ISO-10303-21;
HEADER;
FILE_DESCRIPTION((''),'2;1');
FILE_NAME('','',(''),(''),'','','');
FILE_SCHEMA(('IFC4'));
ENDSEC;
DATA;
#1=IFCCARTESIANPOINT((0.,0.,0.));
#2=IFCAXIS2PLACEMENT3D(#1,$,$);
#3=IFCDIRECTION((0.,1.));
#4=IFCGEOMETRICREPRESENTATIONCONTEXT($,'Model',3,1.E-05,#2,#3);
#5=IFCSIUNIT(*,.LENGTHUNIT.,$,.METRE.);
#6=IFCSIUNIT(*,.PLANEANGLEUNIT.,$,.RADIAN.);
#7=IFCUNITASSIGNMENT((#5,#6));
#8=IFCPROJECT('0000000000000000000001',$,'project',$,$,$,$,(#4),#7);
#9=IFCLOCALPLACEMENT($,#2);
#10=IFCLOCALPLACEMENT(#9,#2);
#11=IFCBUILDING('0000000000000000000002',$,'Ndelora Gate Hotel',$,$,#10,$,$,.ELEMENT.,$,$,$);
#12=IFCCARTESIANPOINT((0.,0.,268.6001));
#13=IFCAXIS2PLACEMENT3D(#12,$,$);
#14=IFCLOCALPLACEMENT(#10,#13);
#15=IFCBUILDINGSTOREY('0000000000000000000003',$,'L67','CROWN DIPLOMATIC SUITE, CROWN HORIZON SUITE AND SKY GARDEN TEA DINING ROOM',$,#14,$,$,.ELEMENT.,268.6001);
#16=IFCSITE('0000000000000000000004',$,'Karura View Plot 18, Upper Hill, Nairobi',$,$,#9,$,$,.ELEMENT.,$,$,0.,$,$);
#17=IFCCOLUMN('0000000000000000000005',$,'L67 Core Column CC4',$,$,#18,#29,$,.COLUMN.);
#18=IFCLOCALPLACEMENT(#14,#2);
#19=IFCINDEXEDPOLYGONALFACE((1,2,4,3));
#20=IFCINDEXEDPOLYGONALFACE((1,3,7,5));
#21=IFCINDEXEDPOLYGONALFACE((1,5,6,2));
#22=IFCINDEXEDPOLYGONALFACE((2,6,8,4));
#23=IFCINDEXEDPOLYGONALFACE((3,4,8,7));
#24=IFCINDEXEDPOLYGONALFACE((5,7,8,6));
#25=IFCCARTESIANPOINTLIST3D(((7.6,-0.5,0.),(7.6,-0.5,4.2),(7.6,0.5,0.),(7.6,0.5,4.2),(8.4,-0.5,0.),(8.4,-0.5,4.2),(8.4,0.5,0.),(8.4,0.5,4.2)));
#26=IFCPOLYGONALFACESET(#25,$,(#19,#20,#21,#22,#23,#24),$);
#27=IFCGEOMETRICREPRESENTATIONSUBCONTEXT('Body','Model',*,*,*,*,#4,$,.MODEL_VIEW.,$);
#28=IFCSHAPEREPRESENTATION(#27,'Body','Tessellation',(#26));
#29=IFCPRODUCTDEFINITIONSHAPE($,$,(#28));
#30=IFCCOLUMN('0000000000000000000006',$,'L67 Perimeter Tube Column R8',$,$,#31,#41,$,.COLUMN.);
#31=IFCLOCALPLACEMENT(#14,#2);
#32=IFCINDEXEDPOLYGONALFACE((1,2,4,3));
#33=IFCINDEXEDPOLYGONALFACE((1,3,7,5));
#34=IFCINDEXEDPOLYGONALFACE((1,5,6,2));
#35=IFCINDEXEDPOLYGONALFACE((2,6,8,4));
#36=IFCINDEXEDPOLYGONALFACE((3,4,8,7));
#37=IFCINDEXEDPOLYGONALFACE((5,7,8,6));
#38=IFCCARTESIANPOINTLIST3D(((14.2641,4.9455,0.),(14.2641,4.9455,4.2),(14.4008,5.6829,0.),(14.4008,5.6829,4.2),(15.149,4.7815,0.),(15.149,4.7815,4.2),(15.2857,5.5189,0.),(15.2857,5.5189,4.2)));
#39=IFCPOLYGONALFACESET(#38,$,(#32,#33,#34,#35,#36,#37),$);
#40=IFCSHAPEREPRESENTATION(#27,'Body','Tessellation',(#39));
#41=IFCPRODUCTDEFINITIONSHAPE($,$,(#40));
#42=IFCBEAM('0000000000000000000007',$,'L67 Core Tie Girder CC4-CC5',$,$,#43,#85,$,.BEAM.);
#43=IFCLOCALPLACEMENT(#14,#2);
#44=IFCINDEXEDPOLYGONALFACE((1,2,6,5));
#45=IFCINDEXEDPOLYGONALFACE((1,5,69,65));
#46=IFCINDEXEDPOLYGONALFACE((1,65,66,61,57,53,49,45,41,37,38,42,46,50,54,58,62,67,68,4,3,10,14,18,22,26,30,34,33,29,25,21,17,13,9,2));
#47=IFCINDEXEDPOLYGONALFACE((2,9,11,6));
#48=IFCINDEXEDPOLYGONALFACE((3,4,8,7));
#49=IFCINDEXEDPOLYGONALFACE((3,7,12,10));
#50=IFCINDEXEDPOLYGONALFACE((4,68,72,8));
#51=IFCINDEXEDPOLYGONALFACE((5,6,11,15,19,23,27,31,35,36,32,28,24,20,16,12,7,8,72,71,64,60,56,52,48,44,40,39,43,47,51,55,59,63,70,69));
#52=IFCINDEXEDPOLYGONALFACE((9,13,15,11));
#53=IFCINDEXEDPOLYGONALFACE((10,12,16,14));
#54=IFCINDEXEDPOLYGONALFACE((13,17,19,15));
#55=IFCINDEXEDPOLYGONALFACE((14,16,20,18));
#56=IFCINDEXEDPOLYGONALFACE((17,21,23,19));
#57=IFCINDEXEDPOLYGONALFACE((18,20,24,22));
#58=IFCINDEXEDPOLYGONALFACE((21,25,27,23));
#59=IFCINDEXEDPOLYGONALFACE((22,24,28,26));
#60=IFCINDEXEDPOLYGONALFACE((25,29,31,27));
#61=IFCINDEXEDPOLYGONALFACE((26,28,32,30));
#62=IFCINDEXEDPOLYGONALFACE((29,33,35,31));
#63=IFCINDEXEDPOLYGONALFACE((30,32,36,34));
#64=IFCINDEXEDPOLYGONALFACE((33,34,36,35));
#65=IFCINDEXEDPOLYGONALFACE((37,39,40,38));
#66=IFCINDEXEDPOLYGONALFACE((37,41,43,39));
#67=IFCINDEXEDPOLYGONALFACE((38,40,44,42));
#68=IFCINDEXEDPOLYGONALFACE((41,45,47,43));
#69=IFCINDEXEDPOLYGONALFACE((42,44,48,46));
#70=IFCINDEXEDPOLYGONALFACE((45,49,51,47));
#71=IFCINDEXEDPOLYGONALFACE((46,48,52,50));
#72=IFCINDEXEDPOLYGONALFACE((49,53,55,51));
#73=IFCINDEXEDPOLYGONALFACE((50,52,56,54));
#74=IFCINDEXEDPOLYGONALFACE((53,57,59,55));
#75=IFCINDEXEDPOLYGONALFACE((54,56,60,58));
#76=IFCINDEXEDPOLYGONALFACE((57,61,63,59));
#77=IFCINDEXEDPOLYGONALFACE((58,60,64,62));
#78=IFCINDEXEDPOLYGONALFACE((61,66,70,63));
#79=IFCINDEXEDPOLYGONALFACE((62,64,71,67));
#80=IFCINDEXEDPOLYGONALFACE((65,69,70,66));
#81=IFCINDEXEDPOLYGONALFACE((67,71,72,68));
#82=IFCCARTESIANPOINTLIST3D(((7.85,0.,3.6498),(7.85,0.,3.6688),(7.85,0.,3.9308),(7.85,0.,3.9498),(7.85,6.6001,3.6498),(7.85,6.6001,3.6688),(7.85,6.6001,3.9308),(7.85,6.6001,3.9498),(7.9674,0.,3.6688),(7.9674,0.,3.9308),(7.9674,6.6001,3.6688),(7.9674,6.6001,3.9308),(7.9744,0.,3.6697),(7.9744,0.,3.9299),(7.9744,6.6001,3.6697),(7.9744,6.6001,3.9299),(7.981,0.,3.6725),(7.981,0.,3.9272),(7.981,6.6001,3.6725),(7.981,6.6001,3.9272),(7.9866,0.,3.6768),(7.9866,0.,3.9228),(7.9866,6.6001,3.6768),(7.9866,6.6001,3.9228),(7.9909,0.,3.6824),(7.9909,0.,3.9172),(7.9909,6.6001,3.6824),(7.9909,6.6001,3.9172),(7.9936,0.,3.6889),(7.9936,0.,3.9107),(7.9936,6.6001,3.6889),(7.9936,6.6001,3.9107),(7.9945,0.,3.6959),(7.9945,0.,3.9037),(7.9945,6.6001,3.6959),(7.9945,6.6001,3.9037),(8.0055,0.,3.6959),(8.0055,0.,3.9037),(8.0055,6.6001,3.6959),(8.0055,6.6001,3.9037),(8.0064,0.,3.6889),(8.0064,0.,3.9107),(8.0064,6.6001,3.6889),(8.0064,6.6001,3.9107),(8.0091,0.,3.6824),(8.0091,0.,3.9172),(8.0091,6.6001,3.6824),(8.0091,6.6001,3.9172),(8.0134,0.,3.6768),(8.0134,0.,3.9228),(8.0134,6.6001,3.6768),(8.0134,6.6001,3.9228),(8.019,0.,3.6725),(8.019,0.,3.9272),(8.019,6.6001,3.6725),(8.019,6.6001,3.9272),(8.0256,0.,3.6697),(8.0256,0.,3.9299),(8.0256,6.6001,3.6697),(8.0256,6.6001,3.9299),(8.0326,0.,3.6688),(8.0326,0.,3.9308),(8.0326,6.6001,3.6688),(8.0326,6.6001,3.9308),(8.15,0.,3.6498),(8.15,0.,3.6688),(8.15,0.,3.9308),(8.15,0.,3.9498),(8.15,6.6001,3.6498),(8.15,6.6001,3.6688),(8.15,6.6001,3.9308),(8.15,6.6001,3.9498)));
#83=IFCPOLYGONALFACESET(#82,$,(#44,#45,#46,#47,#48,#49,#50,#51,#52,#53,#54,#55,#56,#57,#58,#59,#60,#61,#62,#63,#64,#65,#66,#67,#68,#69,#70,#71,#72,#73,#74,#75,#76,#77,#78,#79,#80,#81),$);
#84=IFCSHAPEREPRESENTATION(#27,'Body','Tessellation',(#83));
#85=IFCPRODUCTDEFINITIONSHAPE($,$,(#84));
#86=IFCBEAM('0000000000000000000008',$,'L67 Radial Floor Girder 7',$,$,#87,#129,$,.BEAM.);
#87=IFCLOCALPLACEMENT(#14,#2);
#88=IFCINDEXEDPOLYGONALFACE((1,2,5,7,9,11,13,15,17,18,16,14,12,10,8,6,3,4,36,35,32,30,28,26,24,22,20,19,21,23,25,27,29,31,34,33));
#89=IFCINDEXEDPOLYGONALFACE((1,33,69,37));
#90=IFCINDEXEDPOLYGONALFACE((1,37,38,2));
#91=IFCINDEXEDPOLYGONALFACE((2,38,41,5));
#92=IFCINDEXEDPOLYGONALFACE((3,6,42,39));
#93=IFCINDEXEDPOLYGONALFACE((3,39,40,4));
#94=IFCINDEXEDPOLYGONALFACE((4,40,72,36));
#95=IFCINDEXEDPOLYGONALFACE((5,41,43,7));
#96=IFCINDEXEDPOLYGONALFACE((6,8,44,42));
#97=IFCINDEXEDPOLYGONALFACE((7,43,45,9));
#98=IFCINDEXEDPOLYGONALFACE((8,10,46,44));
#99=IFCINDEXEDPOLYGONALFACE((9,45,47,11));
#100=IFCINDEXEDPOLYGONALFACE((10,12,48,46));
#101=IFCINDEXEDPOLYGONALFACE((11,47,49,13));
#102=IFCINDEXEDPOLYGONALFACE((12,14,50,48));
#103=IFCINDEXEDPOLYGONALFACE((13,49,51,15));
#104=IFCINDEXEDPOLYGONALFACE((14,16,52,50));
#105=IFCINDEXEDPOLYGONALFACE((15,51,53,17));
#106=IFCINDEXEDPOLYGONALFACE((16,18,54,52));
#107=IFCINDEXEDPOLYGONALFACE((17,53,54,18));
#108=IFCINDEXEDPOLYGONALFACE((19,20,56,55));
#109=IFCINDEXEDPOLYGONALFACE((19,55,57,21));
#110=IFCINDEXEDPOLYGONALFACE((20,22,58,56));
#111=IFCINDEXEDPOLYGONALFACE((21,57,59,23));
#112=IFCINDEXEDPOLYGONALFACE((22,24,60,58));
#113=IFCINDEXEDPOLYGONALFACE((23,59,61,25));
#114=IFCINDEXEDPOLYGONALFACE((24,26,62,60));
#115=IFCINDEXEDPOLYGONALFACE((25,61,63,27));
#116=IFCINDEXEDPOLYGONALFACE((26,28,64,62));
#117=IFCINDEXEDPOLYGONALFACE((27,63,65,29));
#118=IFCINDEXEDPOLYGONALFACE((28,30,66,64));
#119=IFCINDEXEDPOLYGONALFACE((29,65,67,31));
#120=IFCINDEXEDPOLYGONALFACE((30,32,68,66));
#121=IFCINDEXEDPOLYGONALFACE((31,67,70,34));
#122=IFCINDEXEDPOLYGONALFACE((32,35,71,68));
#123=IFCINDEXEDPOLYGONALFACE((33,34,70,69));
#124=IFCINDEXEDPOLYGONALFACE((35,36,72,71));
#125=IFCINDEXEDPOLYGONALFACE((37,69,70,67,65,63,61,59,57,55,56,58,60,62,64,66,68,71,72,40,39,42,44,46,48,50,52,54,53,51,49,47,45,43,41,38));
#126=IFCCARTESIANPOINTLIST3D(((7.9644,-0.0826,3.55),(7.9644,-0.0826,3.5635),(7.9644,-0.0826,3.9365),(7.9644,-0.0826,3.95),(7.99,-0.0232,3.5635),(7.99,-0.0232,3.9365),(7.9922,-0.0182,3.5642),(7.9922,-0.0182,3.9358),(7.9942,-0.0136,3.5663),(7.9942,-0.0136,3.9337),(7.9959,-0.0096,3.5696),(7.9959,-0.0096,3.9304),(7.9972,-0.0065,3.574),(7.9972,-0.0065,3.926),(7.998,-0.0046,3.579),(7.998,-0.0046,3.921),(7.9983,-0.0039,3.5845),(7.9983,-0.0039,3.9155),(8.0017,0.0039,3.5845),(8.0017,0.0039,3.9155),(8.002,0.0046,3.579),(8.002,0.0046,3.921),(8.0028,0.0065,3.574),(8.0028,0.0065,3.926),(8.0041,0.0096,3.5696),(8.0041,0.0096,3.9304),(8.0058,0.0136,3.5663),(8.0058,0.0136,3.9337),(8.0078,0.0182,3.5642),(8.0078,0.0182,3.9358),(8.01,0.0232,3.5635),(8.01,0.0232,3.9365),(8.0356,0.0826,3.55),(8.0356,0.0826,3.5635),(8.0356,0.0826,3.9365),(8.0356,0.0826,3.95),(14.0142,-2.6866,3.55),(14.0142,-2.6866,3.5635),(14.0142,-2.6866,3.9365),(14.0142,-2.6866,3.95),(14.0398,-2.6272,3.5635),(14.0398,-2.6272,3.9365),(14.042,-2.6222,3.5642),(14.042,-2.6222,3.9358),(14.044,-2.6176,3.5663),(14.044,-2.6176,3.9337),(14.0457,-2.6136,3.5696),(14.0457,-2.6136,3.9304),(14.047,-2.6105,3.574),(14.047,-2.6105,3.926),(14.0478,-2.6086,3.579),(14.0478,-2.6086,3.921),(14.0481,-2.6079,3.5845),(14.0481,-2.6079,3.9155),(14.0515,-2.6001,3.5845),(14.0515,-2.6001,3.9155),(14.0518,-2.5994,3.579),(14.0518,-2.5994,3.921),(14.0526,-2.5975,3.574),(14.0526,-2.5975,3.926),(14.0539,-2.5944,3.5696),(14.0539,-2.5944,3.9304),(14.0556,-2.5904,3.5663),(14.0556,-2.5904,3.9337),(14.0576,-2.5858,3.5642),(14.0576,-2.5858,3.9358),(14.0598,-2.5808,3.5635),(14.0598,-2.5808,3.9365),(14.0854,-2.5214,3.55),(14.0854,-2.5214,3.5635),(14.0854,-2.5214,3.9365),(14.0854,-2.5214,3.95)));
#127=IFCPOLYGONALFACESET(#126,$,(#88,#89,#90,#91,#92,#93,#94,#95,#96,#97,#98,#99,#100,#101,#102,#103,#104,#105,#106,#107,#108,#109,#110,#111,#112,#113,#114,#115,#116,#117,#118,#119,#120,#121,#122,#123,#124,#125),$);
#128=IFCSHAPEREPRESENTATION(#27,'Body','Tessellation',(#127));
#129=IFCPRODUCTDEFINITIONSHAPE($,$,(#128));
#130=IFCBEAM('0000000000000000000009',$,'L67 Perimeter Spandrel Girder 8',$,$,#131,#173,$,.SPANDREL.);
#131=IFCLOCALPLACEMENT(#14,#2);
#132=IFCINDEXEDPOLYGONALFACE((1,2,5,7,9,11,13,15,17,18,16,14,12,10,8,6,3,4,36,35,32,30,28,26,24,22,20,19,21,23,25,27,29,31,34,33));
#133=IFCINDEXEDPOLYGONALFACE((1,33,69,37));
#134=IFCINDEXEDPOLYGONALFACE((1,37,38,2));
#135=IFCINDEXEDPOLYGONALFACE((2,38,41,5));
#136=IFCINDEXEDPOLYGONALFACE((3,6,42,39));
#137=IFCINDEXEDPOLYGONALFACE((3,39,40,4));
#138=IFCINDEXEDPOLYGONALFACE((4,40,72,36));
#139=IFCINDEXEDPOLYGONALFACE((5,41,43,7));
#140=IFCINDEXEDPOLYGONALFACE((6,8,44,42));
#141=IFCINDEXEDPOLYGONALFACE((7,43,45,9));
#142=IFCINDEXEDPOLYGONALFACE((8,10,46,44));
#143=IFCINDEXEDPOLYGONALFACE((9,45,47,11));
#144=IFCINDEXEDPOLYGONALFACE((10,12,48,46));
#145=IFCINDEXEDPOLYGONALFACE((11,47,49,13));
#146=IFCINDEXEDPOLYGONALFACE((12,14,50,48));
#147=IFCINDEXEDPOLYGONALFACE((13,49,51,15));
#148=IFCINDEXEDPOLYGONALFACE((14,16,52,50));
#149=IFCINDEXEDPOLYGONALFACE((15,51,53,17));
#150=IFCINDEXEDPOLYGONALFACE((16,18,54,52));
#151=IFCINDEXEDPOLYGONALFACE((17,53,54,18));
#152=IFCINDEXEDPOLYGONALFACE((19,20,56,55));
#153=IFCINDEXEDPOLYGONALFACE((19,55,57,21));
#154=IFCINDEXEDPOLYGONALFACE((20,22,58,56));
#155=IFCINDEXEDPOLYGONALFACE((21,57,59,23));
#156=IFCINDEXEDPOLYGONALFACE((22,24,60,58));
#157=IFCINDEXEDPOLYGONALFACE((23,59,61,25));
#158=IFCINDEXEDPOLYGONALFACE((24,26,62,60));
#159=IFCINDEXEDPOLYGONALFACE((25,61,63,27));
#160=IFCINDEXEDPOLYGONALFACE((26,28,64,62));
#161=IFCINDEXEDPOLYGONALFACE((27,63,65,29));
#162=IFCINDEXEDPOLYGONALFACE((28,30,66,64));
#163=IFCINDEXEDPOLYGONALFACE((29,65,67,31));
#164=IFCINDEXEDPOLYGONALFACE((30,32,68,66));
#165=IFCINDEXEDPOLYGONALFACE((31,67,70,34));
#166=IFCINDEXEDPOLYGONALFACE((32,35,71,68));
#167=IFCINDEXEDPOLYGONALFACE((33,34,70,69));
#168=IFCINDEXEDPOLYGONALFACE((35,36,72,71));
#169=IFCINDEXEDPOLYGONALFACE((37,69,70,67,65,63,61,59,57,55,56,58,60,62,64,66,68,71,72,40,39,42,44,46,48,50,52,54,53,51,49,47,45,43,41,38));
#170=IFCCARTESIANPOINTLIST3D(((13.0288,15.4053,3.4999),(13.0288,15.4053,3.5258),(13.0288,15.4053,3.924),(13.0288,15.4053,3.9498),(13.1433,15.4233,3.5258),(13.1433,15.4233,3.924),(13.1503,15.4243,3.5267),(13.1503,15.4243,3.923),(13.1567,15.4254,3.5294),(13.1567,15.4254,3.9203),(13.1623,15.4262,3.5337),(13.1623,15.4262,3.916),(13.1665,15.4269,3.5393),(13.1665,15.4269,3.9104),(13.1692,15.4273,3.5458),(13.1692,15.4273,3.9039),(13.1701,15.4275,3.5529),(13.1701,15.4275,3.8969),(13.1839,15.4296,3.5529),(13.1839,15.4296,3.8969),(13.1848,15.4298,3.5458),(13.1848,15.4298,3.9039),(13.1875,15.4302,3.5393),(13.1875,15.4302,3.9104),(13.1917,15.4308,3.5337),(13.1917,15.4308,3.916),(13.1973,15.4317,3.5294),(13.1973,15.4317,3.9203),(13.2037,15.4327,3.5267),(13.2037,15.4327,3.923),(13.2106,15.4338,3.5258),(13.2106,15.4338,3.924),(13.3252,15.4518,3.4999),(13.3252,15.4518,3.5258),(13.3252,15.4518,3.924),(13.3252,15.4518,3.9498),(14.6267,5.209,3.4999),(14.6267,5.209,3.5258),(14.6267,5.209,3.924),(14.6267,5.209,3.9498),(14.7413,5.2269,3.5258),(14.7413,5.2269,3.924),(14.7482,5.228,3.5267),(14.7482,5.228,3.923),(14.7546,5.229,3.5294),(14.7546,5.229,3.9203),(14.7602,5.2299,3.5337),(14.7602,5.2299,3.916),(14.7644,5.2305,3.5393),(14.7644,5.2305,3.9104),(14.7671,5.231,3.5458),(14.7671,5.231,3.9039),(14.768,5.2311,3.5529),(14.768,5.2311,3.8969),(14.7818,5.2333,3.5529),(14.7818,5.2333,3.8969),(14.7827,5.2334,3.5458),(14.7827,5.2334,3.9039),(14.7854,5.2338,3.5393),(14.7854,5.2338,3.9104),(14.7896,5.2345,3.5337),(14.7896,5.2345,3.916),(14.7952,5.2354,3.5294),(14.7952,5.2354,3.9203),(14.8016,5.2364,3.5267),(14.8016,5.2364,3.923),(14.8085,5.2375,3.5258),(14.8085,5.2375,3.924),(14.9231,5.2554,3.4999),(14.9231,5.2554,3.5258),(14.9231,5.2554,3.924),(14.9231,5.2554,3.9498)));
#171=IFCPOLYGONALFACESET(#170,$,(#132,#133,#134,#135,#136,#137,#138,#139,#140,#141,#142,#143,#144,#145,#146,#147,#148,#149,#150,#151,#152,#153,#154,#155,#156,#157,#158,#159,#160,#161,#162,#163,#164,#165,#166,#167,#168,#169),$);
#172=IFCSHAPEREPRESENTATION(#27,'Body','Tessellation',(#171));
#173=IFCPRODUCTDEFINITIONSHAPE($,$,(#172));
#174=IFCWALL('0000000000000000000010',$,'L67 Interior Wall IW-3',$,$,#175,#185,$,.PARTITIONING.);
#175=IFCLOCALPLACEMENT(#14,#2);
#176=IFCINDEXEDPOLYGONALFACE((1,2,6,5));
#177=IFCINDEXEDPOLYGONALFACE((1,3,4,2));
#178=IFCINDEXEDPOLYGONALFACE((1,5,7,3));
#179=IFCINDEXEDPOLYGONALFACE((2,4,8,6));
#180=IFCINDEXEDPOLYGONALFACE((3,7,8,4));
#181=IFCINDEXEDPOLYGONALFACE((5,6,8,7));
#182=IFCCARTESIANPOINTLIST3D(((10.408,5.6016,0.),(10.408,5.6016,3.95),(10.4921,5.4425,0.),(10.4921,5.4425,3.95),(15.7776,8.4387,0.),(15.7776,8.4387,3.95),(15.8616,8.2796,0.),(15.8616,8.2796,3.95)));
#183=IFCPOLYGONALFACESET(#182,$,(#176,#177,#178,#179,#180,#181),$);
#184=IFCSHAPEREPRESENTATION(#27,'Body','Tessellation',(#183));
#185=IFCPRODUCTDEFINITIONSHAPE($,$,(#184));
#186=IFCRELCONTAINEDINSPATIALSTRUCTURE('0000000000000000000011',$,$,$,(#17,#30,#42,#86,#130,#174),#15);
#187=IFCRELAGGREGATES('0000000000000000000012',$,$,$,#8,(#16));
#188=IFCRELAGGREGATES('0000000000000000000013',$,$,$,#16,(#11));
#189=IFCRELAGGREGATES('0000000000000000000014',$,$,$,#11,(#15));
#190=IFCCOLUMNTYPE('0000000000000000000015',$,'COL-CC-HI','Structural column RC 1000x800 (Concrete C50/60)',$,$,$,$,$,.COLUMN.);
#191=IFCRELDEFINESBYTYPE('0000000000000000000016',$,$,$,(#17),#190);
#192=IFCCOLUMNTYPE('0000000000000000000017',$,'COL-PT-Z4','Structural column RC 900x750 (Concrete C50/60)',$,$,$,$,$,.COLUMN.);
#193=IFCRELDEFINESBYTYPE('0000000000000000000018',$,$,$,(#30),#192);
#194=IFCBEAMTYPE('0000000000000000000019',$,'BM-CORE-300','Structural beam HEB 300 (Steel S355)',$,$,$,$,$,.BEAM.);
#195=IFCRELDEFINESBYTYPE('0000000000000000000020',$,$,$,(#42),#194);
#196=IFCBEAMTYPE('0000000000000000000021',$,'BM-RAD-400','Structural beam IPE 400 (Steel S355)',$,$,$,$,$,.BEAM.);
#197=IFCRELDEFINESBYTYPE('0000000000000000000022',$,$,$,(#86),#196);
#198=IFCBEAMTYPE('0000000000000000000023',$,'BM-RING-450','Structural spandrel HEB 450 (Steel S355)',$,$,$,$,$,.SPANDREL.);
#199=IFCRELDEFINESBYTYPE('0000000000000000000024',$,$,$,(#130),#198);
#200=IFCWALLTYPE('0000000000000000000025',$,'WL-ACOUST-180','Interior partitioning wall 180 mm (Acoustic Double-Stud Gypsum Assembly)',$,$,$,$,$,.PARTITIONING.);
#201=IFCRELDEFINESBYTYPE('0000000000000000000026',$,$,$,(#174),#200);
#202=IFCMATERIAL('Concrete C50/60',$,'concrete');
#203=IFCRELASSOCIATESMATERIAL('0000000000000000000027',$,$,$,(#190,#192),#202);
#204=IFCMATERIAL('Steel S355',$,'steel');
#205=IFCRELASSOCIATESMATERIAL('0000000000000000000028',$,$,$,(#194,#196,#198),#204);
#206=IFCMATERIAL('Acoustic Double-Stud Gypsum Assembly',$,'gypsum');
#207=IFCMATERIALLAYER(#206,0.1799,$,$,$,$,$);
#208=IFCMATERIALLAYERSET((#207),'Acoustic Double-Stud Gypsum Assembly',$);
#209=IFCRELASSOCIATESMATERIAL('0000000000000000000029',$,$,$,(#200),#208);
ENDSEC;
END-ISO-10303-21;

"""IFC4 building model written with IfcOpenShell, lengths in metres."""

from ifc_helpers import new_model, si_unit, direction, frame, frame_2d, origin, origin_2d, place, context, subcontext, project, spatial, rectangle, i_section, extrude, material, layer, layer_set, material_profile, profile_set, type_object, element, save


model = new_model("IFC4")

# Units and contexts
model_context = context("Model", 3, precision=1e-05, world=origin(), true_north=direction((0.0, 1.0)))
body_context = subcontext(model_context, "Body", "Model", "MODEL_VIEW")
ifc_project = project(units=[si_unit("LENGTHUNIT", "METRE"), si_unit("PLANEANGLEUNIT", "RADIAN")], contexts=[model_context])

# Site, building, storey
site_placement = place(None, origin())
site = spatial("IfcSite", under=ifc_project, at=site_placement, Name="Karura View Plot 18, Upper Hill, Nairobi", CompositionType="ELEMENT", RefElevation=0.0)
building_placement = place(site_placement, origin())
building = spatial("IfcBuilding", under=site, at=building_placement, Name="Ndelora Gate Hotel", CompositionType="ELEMENT")
storey_placement = place(building_placement, frame((0.0, 0.0, 268.6001)))
storey = spatial("IfcBuildingStorey", under=building, at=storey_placement, Name="L67", Description="CROWN DIPLOMATIC SUITE, CROWN HORIZON SUITE AND SKY GARDEN TEA DINING ROOM", CompositionType="ELEMENT", Elevation=268.6001)

# Columns
ifc_material_1 = material(Name="Concrete C50/60", Category="concrete")
ifc_material_profile_1 = material_profile(ifc_material_1, rectangle(XDim=0.8, YDim=1.0, at=origin_2d()), Name="RC 1000x800")
ifc_profile_set_1 = profile_set([ifc_material_profile_1], Name="Concrete C50/60")
column_type_1 = type_object("IfcColumnType", Name="COL-CC-HI", Description="Structural column RC 1000x800 (Concrete C50/60)", PredefinedType="COLUMN", material=ifc_profile_set_1)
column_1_placement = place(storey_placement, frame((8.0, 0.0, 0.0), z_axis=(0.0, 0.0, 1.0), x_axis=(1.0, 0.0, 0.0)))
element("IfcColumn", 1, at=column_1_placement, inside=storey, type_object=column_type_1, Name="L67 Core Column CC4", PredefinedType="COLUMN", context=body_context, shape_type="SweptSolid", body=[
    extrude(rectangle(XDim=0.8, YDim=1.0, at=origin_2d()), origin(), (0.0, 0.0, 1.0), 4.2),
])
ifc_material_profile_2 = material_profile(ifc_material_1, rectangle(XDim=0.75, YDim=0.8999, at=origin_2d()), Name="RC 900x750")
ifc_profile_set_2 = profile_set([ifc_material_profile_2], Name="Concrete C50/60")
column_type_2 = type_object("IfcColumnType", Name="COL-PT-Z4", Description="Structural column RC 900x750 (Concrete C50/60)", PredefinedType="COLUMN", material=ifc_profile_set_2)
column_2_placement = place(storey_placement, frame((14.7749, 5.2322, 0.0), z_axis=(0.0, 0.0, 1.0), x_axis=(0.182236, 0.983255, 0.0)))
element("IfcColumn", 2, at=column_2_placement, inside=storey, type_object=column_type_2, Name="L67 Perimeter Tube Column R8", PredefinedType="COLUMN", context=body_context, shape_type="SweptSolid", body=[
    extrude(rectangle(XDim=0.75, YDim=0.8999, at=origin_2d()), origin(), (0.0, 0.0, 1.0), 4.2),
])

# Beams
ifc_material_2 = material(Name="Steel S355", Category="steel")
ifc_material_profile_3 = material_profile(ifc_material_2, i_section(OverallWidth=0.3, OverallDepth=0.3, WebThickness=0.011, FlangeThickness=0.019, FilletRadius=0.0271, at=origin_2d()), Name="HEB 300")
ifc_profile_set_3 = profile_set([ifc_material_profile_3], Name="Steel S355")
beam_type_1 = type_object("IfcBeamType", Name="BM-CORE-300", Description="Structural beam HEB 300 (Steel S355)", PredefinedType="BEAM", material=ifc_profile_set_3)
beam_1_placement = place(storey_placement, frame((8.0, 0.0, 3.7998), z_axis=(0.0, 1.0, 0.0), x_axis=(-1.0, 0.0, 0.0)))
element("IfcBeam", 3, at=beam_1_placement, inside=storey, type_object=beam_type_1, Name="L67 Core Tie Girder CC4-CC5", PredefinedType="BEAM", context=body_context, shape_type="SweptSolid", body=[
    extrude(i_section(OverallWidth=0.3, OverallDepth=0.3, WebThickness=0.011, FlangeThickness=0.019, FilletRadius=0.0271, at=origin_2d()), origin(), (0.0, 0.0, 1.0), 6.6001),
])
ifc_material_profile_4 = material_profile(ifc_material_2, i_section(OverallWidth=0.1799, OverallDepth=0.3999, WebThickness=0.0085, FlangeThickness=0.0134, FilletRadius=0.021, at=origin_2d()), Name="IPE 400")
ifc_profile_set_4 = profile_set([ifc_material_profile_4], Name="Steel S355")
beam_type_2 = type_object("IfcBeamType", Name="BM-RAD-400", Description="Structural beam IPE 400 (Steel S355)", PredefinedType="BEAM", material=ifc_profile_set_4)
beam_2_placement = place(storey_placement, frame((8.0, 0.0, 3.75), z_axis=(0.918527, -0.395359, 0.0), x_axis=(0.395359, 0.918527, 0.0)))
element("IfcBeam", 4, at=beam_2_placement, inside=storey, type_object=beam_type_2, Name="L67 Radial Floor Girder 7", PredefinedType="BEAM", context=body_context, shape_type="SweptSolid", body=[
    extrude(i_section(OverallWidth=0.1799, OverallDepth=0.3999, WebThickness=0.0085, FlangeThickness=0.0134, FilletRadius=0.021, at=origin_2d()), origin(), (0.0, 0.0, 1.0), 6.5864),
])
ifc_material_profile_5 = material_profile(ifc_material_2, i_section(OverallWidth=0.3, OverallDepth=0.45, WebThickness=0.0139, FlangeThickness=0.0259, FilletRadius=0.0271, at=origin_2d()), Name="HEB 450")
ifc_profile_set_5 = profile_set([ifc_material_profile_5], Name="Steel S355")
beam_type_3 = type_object("IfcBeamType", Name="BM-RING-450", Description="Structural spandrel HEB 450 (Steel S355)", PredefinedType="SPANDREL", material=ifc_profile_set_5)
beam_3_placement = place(storey_placement, frame((14.7749, 5.2322, 3.7249), z_axis=(-0.154824, 0.987942, 0.0), x_axis=(-0.987942, -0.154824, 0.0)))
element("IfcBeam", 5, at=beam_3_placement, inside=storey, type_object=beam_type_3, Name="L67 Perimeter Spandrel Girder 8", PredefinedType="SPANDREL", context=body_context, shape_type="SweptSolid", body=[
    extrude(i_section(OverallWidth=0.3, OverallDepth=0.45, WebThickness=0.0139, FlangeThickness=0.0259, FilletRadius=0.0271, at=origin_2d()), origin(), (0.0, 0.0, 1.0), 10.3208),
])

# Wall
ifc_material_3 = material(Name="Acoustic Double-Stud Gypsum Assembly", Category="gypsum")
ifc_layer_1 = layer(ifc_material_3, 0.1799)
ifc_layer_set_1 = layer_set([ifc_layer_1], Name="Acoustic Double-Stud Gypsum Assembly")
wall_type_1 = type_object("IfcWallType", Name="WL-ACOUST-180", Description="Interior partitioning wall 180 mm (Acoustic Double-Stud Gypsum Assembly)", PredefinedType="PARTITIONING", material=ifc_layer_set_1)
wall_1_placement = place(storey_placement, frame((10.45, 5.522, 0.0), z_axis=(0.0, 0.0, 1.0), x_axis=(0.884168, 0.467169, 0.0)))
element("IfcWall", 6, at=wall_1_placement, inside=storey, type_object=wall_type_1, Name="L67 Interior Wall IW-3", PredefinedType="PARTITIONING", context=body_context, shape_type="SweptSolid", body=[
    extrude(rectangle(XDim=6.073, YDim=0.1799, at=frame_2d((3.0366, 0.0))), origin(), (0.0, 0.0, 1.0), 3.95),
])

save(model, "model.ifc")
